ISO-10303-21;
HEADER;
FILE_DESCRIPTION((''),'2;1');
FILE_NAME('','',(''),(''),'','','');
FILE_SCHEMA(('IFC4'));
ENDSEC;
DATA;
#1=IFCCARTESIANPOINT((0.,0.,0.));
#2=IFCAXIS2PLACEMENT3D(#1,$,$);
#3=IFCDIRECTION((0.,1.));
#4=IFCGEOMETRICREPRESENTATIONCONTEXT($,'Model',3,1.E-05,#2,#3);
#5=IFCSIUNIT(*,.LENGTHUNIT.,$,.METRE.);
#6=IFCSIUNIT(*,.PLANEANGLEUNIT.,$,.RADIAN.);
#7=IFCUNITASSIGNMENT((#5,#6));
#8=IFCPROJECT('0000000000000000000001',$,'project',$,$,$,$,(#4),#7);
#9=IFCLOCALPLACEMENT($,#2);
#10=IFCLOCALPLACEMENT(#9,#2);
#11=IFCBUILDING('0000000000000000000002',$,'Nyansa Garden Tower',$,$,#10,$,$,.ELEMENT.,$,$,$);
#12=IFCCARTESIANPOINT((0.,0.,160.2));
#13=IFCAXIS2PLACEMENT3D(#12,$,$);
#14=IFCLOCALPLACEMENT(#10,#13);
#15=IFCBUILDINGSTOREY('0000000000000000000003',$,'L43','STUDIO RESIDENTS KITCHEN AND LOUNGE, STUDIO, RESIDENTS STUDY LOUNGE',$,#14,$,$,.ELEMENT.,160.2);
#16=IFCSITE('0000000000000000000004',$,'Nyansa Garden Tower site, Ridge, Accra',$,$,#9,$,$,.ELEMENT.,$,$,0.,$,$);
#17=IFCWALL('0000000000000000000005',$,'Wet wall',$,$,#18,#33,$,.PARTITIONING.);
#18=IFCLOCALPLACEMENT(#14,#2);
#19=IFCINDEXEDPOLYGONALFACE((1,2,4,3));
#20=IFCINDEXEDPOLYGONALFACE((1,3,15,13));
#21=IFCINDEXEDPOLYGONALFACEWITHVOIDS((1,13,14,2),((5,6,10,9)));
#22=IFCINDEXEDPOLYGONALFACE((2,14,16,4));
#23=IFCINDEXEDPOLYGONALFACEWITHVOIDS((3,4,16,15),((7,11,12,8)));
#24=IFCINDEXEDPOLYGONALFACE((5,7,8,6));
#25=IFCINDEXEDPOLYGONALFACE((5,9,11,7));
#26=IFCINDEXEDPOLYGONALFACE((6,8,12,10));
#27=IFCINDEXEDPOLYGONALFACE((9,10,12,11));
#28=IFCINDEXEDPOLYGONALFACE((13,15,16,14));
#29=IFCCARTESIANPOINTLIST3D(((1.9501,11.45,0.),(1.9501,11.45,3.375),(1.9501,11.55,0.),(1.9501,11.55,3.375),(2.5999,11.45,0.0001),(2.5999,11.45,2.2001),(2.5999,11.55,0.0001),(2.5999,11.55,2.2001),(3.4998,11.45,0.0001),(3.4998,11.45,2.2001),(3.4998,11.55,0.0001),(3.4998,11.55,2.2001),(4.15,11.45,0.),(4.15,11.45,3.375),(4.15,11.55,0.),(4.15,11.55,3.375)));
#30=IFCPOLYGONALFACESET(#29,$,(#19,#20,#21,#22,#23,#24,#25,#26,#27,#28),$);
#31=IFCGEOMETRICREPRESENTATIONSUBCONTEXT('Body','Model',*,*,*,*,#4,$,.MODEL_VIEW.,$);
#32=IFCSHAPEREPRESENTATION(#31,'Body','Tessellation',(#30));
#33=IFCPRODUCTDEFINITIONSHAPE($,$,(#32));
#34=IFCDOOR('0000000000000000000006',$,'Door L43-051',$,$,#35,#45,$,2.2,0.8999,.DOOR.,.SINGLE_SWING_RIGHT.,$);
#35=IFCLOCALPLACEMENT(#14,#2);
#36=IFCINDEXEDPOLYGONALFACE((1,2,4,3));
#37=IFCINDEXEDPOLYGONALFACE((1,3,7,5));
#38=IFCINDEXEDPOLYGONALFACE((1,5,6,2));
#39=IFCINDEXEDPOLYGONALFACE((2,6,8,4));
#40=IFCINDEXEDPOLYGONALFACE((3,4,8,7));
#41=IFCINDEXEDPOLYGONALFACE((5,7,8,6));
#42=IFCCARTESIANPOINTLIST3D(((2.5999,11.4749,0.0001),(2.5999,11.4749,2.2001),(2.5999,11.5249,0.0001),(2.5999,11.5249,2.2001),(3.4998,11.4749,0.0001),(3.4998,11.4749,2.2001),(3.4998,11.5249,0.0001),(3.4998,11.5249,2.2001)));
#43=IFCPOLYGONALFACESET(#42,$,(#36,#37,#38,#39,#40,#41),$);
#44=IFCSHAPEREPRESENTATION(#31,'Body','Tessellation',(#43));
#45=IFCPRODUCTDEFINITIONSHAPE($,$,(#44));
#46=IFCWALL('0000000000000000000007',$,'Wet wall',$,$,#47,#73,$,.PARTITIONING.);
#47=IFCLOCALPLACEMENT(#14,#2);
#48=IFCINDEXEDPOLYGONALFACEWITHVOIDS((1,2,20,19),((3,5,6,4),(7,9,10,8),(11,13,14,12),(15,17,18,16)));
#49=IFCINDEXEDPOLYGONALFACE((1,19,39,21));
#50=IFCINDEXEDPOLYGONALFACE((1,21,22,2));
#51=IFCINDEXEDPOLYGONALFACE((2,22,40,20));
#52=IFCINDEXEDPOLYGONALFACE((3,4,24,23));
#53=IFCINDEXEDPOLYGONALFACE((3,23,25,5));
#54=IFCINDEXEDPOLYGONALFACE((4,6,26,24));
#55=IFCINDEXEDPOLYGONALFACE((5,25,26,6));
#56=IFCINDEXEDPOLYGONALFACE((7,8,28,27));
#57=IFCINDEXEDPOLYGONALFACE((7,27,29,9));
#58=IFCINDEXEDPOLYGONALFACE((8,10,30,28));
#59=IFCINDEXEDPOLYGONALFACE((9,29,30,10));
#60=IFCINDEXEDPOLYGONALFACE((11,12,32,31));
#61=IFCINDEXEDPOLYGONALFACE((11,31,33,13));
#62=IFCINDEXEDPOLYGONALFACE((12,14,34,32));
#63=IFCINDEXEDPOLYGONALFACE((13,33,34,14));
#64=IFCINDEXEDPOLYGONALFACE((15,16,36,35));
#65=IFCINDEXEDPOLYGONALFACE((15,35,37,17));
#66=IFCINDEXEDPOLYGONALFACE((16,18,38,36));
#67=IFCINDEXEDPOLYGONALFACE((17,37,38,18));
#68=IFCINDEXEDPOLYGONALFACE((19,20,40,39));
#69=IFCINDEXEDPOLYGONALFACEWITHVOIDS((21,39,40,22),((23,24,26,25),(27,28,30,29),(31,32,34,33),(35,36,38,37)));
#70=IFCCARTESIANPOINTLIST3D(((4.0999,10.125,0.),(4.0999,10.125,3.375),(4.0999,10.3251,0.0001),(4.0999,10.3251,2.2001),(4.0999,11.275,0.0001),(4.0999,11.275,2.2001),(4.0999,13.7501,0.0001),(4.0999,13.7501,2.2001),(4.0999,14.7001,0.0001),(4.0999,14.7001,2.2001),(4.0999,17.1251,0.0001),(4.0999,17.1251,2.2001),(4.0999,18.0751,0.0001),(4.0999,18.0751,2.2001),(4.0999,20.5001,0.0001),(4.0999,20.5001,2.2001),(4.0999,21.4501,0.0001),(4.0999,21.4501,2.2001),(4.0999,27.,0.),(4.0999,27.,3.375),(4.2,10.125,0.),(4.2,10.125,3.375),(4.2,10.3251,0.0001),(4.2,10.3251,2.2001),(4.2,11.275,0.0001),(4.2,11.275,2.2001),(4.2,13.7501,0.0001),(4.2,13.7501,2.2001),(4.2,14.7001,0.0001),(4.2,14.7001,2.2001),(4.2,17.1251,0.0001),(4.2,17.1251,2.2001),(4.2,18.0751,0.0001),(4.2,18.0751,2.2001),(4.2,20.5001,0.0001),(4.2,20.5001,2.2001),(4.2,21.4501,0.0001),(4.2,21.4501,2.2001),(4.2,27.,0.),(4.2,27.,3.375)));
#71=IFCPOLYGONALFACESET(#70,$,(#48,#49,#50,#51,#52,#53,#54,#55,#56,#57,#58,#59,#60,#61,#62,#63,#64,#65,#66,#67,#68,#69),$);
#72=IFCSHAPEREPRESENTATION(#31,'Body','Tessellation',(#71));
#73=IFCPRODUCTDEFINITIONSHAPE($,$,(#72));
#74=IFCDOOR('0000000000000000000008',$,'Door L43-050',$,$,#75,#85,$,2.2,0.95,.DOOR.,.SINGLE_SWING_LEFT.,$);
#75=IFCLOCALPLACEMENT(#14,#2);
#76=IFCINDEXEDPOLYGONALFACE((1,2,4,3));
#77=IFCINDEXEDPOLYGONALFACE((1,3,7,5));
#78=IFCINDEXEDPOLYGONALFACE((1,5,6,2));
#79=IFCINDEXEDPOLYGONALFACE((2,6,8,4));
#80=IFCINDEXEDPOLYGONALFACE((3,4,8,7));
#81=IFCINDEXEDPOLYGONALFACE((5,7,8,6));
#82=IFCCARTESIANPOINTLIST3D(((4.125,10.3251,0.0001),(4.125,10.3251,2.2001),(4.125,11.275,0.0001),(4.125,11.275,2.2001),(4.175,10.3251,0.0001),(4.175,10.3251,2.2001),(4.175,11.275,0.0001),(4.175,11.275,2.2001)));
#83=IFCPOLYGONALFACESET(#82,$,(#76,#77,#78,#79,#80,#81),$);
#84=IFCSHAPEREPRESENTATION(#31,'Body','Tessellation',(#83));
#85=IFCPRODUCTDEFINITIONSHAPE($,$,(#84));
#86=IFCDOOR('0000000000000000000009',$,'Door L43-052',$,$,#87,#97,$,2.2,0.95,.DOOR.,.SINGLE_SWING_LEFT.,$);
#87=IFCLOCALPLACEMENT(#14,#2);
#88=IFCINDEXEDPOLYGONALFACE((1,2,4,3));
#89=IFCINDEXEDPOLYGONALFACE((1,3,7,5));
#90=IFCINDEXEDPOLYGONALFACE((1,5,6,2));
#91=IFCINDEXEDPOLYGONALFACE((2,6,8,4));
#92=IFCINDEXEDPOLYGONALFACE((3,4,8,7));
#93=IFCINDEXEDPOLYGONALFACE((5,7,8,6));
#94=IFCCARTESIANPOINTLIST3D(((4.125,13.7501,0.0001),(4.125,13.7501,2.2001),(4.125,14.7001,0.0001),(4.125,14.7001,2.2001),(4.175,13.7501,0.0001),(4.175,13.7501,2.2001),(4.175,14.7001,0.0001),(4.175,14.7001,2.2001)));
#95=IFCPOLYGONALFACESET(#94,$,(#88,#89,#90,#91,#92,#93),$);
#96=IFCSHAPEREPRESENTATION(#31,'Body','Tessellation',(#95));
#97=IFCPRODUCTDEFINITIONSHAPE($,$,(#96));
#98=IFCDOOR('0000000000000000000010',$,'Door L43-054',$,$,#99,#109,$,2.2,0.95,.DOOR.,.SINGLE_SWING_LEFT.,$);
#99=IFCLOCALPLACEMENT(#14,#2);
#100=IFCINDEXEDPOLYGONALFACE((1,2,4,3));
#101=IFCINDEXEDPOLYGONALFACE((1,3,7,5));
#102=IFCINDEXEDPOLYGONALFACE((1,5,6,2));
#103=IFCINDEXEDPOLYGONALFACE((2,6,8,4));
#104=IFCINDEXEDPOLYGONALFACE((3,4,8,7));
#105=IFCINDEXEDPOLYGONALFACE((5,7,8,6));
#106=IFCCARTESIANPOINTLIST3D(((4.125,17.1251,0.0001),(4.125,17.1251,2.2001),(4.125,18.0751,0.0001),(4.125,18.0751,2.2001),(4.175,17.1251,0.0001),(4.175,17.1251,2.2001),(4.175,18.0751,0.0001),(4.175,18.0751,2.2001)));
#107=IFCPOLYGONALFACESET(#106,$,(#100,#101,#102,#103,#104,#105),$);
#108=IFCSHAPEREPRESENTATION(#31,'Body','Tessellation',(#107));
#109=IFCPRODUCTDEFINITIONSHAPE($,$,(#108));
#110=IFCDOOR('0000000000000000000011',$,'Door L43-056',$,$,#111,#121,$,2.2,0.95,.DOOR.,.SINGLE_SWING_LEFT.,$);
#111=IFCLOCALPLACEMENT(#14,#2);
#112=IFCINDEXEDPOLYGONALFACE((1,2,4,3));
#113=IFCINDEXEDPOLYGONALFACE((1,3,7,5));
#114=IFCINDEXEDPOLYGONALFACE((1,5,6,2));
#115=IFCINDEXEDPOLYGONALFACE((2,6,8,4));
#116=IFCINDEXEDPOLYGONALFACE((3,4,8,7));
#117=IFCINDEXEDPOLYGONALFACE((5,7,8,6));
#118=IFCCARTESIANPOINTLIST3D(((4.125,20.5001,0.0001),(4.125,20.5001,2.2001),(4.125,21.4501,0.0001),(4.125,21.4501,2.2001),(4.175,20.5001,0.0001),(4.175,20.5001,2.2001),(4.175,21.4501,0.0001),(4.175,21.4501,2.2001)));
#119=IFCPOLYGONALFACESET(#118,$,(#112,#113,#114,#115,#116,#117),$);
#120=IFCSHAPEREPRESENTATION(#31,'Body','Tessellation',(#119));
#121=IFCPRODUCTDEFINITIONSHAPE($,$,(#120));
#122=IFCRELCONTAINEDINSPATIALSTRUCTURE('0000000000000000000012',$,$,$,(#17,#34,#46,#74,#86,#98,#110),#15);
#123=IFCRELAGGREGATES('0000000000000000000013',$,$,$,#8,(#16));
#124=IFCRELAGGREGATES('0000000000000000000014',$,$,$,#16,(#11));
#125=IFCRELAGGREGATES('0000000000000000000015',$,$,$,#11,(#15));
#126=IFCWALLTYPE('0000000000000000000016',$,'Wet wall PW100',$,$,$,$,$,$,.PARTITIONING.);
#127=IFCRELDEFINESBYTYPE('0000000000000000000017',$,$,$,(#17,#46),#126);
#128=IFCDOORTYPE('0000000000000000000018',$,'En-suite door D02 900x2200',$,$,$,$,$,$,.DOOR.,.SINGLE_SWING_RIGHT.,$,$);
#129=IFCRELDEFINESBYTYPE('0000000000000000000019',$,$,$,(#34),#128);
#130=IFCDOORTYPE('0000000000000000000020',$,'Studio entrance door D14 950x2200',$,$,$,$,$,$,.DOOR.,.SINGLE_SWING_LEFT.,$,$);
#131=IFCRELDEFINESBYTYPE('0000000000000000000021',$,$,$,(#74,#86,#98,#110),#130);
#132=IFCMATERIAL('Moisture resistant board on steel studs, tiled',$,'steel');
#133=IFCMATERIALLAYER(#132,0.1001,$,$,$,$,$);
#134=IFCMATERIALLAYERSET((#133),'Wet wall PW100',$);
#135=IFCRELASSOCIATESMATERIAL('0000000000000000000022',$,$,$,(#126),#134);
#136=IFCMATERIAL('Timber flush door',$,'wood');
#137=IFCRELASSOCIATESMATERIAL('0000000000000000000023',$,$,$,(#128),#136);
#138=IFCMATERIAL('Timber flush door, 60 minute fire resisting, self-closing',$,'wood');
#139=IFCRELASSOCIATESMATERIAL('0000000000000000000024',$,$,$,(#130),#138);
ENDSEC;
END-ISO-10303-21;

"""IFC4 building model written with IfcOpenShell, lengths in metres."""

from ifc_helpers import new_model, si_unit, direction, frame, frame_2d, origin, place, context, subcontext, project, spatial, rectangle, extrude, material, layer, layer_set, type_object, element, fill, save


model = new_model("IFC4")

# Units and contexts
model_context = context("Model", 3, precision=1e-05, world=origin(), true_north=direction((0.0, 1.0)))
body_context = subcontext(model_context, "Body", "Model", "MODEL_VIEW")
ifc_project = project(units=[si_unit("LENGTHUNIT", "METRE"), si_unit("PLANEANGLEUNIT", "RADIAN")], contexts=[model_context])

# Site, building, storey
site_placement = place(None, origin())
site = spatial("IfcSite", under=ifc_project, at=site_placement, Name="Nyansa Garden Tower site, Ridge, Accra", CompositionType="ELEMENT", RefElevation=0.0)
building_placement = place(site_placement, origin())
building = spatial("IfcBuilding", under=site, at=building_placement, Name="Nyansa Garden Tower", CompositionType="ELEMENT")
storey_placement = place(building_placement, frame((0.0, 0.0, 160.2)))
storey = spatial("IfcBuildingStorey", under=building, at=storey_placement, Name="L43", Description="STUDIO RESIDENTS KITCHEN AND LOUNGE, STUDIO, RESIDENTS STUDY LOUNGE", CompositionType="ELEMENT", Elevation=160.2)

# Shared definitions
ifc_material_1 = material(Name="Moisture resistant board on steel studs, tiled", Category="steel")
ifc_layer_1 = layer(ifc_material_1, 0.1001)
ifc_layer_set_1 = layer_set([ifc_layer_1], Name="Wet wall PW100")
wall_type_1 = type_object("IfcWallType", Name="Wet wall PW100", PredefinedType="PARTITIONING", material=ifc_layer_set_1)

# Wall, opening, door
wall_1_placement = place(storey_placement, frame((1.95, 11.5, 0.0), z_axis=(0.0, 0.0, 1.0), x_axis=(1.0, 0.0, 0.0)))
wall_1 = element("IfcWall", 1, at=wall_1_placement, inside=storey, type_object=wall_type_1, Name="Wet wall", PredefinedType="PARTITIONING", context=body_context, shape_type="SweptSolid", body=[
    extrude(rectangle(XDim=2.2, YDim=0.1001, at=frame_2d((1.1001, 0.0))), origin(), (0.0, 0.0, 1.0), 3.375),
])
opening_1_placement = place(wall_1_placement, frame((0.6499, 0.0, 0.0)))
opening_1 = element("IfcOpeningElement", 2, at=opening_1_placement, cuts=wall_1, PredefinedType="OPENING", context=body_context, shape_type="SweptSolid", body=[
    extrude(rectangle(XDim=0.8999, YDim=2.2, at=frame_2d((0.45, 1.1001))), frame((0.0, 0.0601, 0.0), z_axis=(0.0, -1.0, 0.0), x_axis=(1.0, 0.0, 0.0)), (0.0, 0.0, 1.0), 0.1201),
])
ifc_material_2 = material(Name="Timber flush door", Category="wood")
door_type_1 = type_object("IfcDoorType", Name="En-suite door D02 900x2200", OperationType="SINGLE_SWING_RIGHT", PredefinedType="DOOR", material=ifc_material_2)
door_1_placement = place(opening_1_placement, origin())
door_1 = element("IfcDoor", 3, at=door_1_placement, inside=storey, type_object=door_type_1, Name="Door L43-051", OperationType="SINGLE_SWING_RIGHT", OverallHeight=2.2, OverallWidth=0.8999, PredefinedType="DOOR", context=body_context, shape_type="SweptSolid", body=[
    extrude(rectangle(XDim=0.8999, YDim=2.2, at=frame_2d((0.45, 1.1001))), frame((0.0, 0.0249, 0.0), z_axis=(0.0, -1.0, 0.0), x_axis=(1.0, 0.0, 0.0)), (0.0, 0.0, 1.0), 0.05),
])
fill(opening_1, door_1)

# Wall, openings, doors
wall_2_placement = place(storey_placement, frame((4.1499, 10.125, 0.0), z_axis=(0.0, 0.0, 1.0), x_axis=(0.0, 1.0, 0.0)))
wall_2 = element("IfcWall", 4, at=wall_2_placement, inside=storey, type_object=wall_type_1, Name="Wet wall", PredefinedType="PARTITIONING", context=body_context, shape_type="SweptSolid", body=[
    extrude(rectangle(XDim=16.875, YDim=0.1001, at=frame_2d((8.4375, 0.0))), origin(), (0.0, 0.0, 1.0), 3.375),
])
opening_2_placement = place(wall_2_placement, frame((0.2, 0.0, 0.0)))
opening_2 = element("IfcOpeningElement", 5, at=opening_2_placement, cuts=wall_2, PredefinedType="OPENING", context=body_context, shape_type="SweptSolid", body=[
    extrude(rectangle(XDim=0.95, YDim=2.2, at=frame_2d((0.4751, 1.1001))), frame((0.0, 0.0601, 0.0), z_axis=(0.0, -1.0, 0.0), x_axis=(1.0, 0.0, 0.0)), (0.0, 0.0, 1.0), 0.1201),
])
opening_3_placement = place(wall_2_placement, frame((3.625, 0.0, 0.0)))
opening_3 = element("IfcOpeningElement", 6, at=opening_3_placement, cuts=wall_2, PredefinedType="OPENING", context=body_context, shape_type="SweptSolid", body=[
    extrude(rectangle(XDim=0.95, YDim=2.2, at=frame_2d((0.4751, 1.1001))), frame((0.0, 0.0601, 0.0), z_axis=(0.0, -1.0, 0.0), x_axis=(1.0, 0.0, 0.0)), (0.0, 0.0, 1.0), 0.1201),
])
opening_4_placement = place(wall_2_placement, frame((7.0, 0.0, 0.0)))
opening_4 = element("IfcOpeningElement", 7, at=opening_4_placement, cuts=wall_2, PredefinedType="OPENING", context=body_context, shape_type="SweptSolid", body=[
    extrude(rectangle(XDim=0.95, YDim=2.2, at=frame_2d((0.4751, 1.1001))), frame((0.0, 0.0601, 0.0), z_axis=(0.0, -1.0, 0.0), x_axis=(1.0, 0.0, 0.0)), (0.0, 0.0, 1.0), 0.1201),
])
opening_5_placement = place(wall_2_placement, frame((10.375, 0.0, 0.0)))
opening_5 = element("IfcOpeningElement", 8, at=opening_5_placement, cuts=wall_2, PredefinedType="OPENING", context=body_context, shape_type="SweptSolid", body=[
    extrude(rectangle(XDim=0.95, YDim=2.2, at=frame_2d((0.4751, 1.1001))), frame((0.0, 0.0601, 0.0), z_axis=(0.0, -1.0, 0.0), x_axis=(1.0, 0.0, 0.0)), (0.0, 0.0, 1.0), 0.1201),
])
ifc_material_3 = material(Name="Timber flush door, 60 minute fire resisting, self-closing", Category="wood")
door_type_2 = type_object("IfcDoorType", Name="Studio entrance door D14 950x2200", OperationType="SINGLE_SWING_LEFT", PredefinedType="DOOR", material=ifc_material_3)
door_2_placement = place(opening_2_placement, origin())
door_2 = element("IfcDoor", 9, at=door_2_placement, inside=storey, type_object=door_type_2, Name="Door L43-050", OperationType="SINGLE_SWING_LEFT", OverallHeight=2.2, OverallWidth=0.95, PredefinedType="DOOR", context=body_context, shape_type="SweptSolid", body=[
    extrude(rectangle(XDim=0.95, YDim=2.2, at=frame_2d((0.4751, 1.1001))), frame((0.0, 0.0249, 0.0), z_axis=(0.0, -1.0, 0.0), x_axis=(1.0, 0.0, 0.0)), (0.0, 0.0, 1.0), 0.05),
])
fill(opening_2, door_2)
door_3_placement = place(opening_3_placement, origin())
door_3 = element("IfcDoor", 10, at=door_3_placement, inside=storey, type_object=door_type_2, Name="Door L43-052", OperationType="SINGLE_SWING_LEFT", OverallHeight=2.2, OverallWidth=0.95, PredefinedType="DOOR", context=body_context, shape_type="SweptSolid", body=[
    extrude(rectangle(XDim=0.95, YDim=2.2, at=frame_2d((0.4751, 1.1001))), frame((0.0, 0.0249, 0.0), z_axis=(0.0, -1.0, 0.0), x_axis=(1.0, 0.0, 0.0)), (0.0, 0.0, 1.0), 0.05),
])
fill(opening_3, door_3)
door_4_placement = place(opening_4_placement, origin())
door_4 = element("IfcDoor", 11, at=door_4_placement, inside=storey, type_object=door_type_2, Name="Door L43-054", OperationType="SINGLE_SWING_LEFT", OverallHeight=2.2, OverallWidth=0.95, PredefinedType="DOOR", context=body_context, shape_type="SweptSolid", body=[
    extrude(rectangle(XDim=0.95, YDim=2.2, at=frame_2d((0.4751, 1.1001))), frame((0.0, 0.0249, 0.0), z_axis=(0.0, -1.0, 0.0), x_axis=(1.0, 0.0, 0.0)), (0.0, 0.0, 1.0), 0.05),
])
fill(opening_4, door_4)
door_5_placement = place(opening_5_placement, origin())
door_5 = element("IfcDoor", 12, at=door_5_placement, inside=storey, type_object=door_type_2, Name="Door L43-056", OperationType="SINGLE_SWING_LEFT", OverallHeight=2.2, OverallWidth=0.95, PredefinedType="DOOR", context=body_context, shape_type="SweptSolid", body=[
    extrude(rectangle(XDim=0.95, YDim=2.2, at=frame_2d((0.4751, 1.1001))), frame((0.0, 0.0249, 0.0), z_axis=(0.0, -1.0, 0.0), x_axis=(1.0, 0.0, 0.0)), (0.0, 0.0, 1.0), 0.05),
])
fill(opening_5, door_5)

save(model, "model.ifc")
